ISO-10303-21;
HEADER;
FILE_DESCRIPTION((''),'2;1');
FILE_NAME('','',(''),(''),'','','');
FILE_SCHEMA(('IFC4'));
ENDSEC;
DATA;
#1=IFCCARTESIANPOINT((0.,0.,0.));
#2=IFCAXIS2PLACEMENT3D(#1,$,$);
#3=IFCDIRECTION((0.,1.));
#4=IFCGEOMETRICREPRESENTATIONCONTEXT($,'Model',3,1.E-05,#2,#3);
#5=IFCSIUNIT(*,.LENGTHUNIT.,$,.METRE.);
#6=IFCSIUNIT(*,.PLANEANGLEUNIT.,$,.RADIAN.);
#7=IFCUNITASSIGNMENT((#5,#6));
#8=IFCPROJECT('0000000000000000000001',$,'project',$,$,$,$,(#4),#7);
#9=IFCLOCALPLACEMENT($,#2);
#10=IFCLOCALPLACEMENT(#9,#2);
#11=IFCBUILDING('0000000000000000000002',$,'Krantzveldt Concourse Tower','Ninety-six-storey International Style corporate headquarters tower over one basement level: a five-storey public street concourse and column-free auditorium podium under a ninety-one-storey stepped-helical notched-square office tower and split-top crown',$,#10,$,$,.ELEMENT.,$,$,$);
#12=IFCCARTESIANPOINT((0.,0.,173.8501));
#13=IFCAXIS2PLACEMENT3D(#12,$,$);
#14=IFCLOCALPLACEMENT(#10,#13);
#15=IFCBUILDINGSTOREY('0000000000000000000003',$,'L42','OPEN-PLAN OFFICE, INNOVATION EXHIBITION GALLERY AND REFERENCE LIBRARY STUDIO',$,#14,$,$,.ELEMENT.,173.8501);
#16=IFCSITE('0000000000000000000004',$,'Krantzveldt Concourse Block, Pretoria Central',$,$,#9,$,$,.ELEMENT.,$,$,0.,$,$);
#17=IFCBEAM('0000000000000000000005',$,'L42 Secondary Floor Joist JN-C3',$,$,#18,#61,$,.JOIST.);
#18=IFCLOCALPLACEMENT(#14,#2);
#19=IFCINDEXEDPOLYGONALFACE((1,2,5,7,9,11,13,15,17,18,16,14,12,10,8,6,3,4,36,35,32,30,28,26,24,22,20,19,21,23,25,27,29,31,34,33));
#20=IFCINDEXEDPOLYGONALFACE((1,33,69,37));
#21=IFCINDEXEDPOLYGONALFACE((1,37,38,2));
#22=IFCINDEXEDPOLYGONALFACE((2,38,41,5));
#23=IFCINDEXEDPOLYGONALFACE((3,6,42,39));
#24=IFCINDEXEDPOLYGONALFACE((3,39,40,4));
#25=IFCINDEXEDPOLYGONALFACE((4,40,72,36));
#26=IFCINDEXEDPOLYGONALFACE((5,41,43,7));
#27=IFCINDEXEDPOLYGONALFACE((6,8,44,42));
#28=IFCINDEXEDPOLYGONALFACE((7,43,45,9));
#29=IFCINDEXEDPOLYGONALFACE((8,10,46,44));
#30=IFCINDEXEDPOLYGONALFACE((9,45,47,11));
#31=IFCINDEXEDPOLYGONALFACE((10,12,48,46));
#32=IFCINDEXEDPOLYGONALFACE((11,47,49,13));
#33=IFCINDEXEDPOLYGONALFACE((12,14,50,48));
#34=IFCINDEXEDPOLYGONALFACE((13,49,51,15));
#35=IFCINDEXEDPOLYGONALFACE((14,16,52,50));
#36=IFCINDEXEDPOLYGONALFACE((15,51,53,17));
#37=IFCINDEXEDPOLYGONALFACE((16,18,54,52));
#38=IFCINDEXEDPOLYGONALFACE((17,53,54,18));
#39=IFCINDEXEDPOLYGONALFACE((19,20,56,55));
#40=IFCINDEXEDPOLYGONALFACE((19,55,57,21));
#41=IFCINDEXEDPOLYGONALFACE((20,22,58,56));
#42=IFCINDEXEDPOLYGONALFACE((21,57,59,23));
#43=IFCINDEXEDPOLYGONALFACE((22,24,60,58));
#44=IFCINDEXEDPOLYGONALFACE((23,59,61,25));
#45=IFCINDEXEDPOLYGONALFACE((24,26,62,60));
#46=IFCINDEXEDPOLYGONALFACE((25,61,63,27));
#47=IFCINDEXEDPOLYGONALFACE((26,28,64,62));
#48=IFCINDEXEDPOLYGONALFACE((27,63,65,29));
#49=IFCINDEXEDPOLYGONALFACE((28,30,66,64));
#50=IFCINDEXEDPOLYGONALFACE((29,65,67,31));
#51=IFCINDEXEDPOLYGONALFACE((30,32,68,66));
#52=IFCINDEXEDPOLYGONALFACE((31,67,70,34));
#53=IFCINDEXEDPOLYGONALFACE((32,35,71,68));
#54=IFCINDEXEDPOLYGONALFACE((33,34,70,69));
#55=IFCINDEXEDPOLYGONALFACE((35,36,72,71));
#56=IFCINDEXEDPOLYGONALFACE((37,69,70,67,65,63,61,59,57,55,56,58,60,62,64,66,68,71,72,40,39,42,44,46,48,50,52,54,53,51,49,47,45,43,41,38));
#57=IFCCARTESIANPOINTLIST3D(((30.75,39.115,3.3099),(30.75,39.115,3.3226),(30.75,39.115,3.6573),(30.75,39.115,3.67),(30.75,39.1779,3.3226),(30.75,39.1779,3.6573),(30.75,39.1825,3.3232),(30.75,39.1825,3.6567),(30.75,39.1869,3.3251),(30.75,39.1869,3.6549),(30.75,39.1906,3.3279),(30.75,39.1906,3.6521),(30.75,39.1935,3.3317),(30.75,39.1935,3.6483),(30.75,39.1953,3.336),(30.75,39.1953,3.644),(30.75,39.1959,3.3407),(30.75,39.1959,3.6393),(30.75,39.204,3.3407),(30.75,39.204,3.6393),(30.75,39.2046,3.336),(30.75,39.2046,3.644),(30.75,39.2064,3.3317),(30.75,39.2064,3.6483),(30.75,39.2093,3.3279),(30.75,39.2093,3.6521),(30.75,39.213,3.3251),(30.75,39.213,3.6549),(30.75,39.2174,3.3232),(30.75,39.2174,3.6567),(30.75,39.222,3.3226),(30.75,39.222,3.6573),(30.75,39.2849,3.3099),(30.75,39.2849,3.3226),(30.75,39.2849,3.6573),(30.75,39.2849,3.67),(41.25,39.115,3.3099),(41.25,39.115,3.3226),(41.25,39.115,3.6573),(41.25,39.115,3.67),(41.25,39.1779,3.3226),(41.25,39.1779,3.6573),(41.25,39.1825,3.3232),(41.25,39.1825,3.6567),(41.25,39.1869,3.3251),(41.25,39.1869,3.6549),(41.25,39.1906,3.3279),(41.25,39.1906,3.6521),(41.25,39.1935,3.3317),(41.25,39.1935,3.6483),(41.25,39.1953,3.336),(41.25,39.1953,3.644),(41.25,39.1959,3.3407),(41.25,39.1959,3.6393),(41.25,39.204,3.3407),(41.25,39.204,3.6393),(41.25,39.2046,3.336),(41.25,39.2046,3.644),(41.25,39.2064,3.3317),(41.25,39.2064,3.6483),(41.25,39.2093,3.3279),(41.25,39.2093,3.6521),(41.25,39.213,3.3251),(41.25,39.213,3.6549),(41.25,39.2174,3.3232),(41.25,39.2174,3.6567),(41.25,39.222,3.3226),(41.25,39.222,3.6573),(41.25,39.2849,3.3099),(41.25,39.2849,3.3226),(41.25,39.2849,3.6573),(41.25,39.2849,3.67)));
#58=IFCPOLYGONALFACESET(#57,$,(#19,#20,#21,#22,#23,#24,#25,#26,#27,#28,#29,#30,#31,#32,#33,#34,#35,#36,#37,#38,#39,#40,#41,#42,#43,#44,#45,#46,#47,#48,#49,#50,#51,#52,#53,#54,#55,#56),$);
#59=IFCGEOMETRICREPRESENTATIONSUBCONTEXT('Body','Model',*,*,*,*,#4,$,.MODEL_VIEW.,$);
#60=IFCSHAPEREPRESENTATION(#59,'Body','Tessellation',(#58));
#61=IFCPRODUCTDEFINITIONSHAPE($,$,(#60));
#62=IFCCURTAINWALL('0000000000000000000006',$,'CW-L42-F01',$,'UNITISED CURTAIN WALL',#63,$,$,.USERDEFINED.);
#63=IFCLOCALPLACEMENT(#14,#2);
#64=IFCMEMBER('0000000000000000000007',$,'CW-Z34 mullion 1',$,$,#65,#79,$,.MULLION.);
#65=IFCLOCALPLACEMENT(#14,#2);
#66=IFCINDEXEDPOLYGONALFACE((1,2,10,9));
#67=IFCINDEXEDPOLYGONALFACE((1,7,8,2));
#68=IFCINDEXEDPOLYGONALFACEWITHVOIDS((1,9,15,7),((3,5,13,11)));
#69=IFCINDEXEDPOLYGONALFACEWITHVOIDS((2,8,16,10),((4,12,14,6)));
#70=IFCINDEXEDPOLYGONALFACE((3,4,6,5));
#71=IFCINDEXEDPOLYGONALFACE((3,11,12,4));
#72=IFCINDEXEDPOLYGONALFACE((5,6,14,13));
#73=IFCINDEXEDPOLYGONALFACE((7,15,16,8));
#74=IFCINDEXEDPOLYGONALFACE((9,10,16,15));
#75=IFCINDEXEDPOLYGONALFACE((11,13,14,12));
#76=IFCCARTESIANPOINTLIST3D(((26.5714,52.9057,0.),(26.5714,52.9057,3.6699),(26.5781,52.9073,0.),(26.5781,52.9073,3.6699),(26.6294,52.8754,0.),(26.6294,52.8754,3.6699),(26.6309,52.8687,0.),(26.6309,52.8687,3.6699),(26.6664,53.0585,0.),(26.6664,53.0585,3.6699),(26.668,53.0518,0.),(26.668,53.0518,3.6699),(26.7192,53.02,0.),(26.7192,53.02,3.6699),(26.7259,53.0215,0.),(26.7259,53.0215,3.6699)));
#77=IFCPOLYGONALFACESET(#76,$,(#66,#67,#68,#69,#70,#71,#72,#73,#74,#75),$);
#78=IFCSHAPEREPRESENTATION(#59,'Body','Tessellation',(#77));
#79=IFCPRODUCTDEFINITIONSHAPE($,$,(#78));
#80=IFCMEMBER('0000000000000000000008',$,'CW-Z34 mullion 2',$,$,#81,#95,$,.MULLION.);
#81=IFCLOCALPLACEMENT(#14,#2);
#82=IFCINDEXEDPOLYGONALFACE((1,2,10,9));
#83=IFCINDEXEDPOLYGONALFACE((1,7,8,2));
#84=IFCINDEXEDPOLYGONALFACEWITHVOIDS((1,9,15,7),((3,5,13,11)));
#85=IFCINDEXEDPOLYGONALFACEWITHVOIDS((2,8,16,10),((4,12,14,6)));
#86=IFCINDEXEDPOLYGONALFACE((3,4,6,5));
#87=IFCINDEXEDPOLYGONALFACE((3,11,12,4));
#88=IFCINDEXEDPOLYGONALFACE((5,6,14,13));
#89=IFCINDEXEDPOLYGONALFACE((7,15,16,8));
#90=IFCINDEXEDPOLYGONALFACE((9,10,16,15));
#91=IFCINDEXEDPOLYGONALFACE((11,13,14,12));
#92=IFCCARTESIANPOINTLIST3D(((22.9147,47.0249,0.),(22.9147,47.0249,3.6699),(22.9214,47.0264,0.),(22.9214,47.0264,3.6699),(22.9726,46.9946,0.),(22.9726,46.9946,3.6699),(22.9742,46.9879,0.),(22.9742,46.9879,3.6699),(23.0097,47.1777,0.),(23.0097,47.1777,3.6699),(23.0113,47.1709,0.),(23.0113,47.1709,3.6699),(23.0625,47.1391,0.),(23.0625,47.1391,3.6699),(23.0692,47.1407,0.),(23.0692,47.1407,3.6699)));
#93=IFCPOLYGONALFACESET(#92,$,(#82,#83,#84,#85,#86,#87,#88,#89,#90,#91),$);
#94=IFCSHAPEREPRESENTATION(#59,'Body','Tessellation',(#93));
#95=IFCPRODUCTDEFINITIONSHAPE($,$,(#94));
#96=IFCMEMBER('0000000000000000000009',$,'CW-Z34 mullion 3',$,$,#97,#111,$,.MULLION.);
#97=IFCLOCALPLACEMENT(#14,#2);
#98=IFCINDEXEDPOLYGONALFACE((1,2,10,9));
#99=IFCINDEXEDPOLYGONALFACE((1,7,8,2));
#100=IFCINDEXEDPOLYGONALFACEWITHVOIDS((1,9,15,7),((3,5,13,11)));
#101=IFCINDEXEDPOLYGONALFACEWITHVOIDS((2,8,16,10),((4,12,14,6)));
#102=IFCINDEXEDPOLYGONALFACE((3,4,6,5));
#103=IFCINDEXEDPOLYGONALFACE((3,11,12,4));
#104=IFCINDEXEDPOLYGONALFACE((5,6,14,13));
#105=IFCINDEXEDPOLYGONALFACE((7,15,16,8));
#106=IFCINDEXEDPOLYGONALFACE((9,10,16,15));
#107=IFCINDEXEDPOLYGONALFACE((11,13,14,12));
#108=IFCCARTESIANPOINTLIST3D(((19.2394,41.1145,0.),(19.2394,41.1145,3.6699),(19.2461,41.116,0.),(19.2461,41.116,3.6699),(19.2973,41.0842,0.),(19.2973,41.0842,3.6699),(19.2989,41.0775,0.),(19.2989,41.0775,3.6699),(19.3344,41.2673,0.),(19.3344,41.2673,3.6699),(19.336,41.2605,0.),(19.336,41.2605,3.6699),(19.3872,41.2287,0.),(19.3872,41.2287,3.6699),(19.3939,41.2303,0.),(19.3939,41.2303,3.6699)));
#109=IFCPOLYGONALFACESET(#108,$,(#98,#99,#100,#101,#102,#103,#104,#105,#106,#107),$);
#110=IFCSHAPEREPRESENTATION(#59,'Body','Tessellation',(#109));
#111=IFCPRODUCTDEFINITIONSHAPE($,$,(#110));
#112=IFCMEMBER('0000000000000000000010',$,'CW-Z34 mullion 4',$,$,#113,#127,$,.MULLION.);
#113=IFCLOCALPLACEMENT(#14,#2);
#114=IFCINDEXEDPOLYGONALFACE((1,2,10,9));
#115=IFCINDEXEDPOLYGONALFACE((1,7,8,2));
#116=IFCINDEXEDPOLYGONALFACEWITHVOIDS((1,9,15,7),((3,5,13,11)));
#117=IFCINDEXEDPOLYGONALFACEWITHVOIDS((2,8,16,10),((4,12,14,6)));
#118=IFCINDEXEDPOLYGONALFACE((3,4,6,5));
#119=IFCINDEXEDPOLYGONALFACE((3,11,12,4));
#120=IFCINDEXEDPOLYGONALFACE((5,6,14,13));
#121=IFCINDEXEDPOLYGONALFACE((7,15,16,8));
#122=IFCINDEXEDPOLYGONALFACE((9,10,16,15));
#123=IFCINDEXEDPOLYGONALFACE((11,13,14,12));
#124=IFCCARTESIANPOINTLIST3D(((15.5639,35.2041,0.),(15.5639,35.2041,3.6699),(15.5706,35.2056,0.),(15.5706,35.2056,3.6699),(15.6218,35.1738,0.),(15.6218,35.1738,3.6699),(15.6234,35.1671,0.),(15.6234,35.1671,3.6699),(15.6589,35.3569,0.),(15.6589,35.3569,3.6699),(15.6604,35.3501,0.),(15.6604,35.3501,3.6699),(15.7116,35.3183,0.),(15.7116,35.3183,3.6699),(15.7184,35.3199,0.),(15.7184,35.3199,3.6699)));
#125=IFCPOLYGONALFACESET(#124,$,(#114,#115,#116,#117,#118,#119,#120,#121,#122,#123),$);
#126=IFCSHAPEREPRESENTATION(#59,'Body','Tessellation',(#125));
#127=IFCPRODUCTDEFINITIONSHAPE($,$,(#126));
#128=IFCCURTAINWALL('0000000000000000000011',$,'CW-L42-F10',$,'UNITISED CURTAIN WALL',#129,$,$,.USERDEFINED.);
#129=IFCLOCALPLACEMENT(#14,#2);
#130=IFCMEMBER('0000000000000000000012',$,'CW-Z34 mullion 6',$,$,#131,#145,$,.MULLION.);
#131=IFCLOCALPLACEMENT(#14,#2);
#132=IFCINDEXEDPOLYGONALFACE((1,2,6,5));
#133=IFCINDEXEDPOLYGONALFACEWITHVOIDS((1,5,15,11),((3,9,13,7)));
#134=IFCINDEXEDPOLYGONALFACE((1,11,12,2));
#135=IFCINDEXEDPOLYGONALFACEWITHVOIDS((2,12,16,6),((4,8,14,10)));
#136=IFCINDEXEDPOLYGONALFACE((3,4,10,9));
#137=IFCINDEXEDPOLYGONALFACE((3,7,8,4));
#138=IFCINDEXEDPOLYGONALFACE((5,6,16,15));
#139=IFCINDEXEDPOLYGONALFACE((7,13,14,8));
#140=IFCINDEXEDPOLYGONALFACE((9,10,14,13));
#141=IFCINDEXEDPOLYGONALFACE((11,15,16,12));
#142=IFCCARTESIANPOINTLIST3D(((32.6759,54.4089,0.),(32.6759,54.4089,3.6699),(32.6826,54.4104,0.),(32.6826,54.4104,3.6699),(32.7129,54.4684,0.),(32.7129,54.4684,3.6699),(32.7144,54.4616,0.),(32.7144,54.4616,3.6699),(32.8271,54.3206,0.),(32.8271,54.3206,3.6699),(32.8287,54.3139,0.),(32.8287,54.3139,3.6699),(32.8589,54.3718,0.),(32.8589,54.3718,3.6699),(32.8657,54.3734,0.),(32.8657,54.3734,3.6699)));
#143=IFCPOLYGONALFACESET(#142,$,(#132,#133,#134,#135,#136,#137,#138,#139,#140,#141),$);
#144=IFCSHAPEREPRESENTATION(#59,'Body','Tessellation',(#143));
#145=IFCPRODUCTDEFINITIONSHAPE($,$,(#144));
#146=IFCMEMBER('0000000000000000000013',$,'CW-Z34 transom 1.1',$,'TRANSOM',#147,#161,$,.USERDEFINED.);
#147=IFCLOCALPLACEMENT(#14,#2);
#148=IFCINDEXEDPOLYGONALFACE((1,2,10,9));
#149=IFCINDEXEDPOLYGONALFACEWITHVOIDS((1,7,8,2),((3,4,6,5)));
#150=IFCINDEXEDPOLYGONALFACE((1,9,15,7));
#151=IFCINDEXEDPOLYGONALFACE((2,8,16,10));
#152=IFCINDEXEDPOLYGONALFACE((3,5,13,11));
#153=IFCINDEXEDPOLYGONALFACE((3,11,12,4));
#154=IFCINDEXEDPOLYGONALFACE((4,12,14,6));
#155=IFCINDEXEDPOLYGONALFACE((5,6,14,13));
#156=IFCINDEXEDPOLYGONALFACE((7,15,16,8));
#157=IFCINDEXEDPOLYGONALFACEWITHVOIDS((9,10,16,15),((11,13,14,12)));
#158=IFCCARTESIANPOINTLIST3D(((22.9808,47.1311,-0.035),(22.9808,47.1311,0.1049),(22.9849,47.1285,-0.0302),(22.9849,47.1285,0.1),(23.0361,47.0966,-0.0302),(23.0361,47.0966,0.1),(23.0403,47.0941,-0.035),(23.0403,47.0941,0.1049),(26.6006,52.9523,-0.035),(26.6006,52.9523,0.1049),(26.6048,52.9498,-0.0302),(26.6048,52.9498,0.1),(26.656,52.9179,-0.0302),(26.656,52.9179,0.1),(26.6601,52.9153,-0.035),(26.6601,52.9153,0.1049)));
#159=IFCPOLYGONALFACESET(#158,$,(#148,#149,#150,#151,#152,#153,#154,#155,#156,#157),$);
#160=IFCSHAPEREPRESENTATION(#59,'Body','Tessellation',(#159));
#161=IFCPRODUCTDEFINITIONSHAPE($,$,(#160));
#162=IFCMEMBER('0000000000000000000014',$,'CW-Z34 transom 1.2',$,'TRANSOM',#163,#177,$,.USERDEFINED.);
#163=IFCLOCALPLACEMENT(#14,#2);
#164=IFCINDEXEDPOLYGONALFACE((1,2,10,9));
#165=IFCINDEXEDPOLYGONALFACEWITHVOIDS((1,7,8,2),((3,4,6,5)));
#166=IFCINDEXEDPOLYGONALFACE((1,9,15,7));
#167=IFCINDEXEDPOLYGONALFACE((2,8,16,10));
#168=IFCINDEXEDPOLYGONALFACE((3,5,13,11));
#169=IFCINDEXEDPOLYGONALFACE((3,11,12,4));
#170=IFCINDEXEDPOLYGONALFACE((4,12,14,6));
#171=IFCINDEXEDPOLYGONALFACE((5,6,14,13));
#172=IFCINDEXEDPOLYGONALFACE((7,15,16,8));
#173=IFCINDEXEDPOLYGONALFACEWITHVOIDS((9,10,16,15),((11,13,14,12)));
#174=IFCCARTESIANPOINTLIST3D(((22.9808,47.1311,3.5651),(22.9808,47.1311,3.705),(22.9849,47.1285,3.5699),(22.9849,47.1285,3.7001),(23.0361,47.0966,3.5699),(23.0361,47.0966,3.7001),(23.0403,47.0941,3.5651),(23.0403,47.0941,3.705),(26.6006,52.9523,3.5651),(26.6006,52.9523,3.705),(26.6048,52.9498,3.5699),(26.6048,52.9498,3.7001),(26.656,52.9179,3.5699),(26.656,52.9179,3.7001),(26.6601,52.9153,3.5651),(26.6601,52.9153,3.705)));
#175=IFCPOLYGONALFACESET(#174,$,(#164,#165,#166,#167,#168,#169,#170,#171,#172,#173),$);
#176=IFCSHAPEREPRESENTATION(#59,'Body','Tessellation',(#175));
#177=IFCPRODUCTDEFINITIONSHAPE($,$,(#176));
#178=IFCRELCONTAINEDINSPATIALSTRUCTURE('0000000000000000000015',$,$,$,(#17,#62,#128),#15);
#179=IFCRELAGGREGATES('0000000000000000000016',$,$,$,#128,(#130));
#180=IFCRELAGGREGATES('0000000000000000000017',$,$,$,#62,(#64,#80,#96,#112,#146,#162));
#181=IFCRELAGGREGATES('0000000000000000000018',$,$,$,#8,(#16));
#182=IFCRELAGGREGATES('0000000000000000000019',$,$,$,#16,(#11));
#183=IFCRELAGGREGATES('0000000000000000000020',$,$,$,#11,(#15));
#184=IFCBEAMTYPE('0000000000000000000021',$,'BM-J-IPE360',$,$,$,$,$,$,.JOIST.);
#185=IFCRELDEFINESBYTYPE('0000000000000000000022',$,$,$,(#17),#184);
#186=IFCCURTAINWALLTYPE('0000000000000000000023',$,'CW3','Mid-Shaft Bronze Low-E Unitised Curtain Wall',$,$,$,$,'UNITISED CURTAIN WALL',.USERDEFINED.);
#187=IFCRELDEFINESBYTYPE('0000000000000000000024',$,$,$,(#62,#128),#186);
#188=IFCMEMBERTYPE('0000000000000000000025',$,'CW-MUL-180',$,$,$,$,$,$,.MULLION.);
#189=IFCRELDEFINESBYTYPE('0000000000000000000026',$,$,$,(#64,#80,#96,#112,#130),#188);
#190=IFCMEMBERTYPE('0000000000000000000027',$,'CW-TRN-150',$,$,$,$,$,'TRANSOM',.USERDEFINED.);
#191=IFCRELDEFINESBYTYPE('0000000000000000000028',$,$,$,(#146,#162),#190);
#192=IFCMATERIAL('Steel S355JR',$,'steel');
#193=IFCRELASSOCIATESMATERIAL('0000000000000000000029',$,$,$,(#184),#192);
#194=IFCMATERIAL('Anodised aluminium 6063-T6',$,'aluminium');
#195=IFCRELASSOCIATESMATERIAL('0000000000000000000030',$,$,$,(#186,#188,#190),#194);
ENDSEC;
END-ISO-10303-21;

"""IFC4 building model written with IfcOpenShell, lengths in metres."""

from ifc_helpers import new_model, si_unit, direction, frame, origin, origin_2d, place, context, subcontext, project, spatial, hollow_rectangle, i_section, extrude, source, transform, mapped, material, material_profile, profile_set, type_object, type_shapes, element, aggregate, save


model = new_model("IFC4")

# Units and contexts
model_context = context("Model", 3, precision=1e-05, world=origin(), true_north=direction((0.0, 1.0)))
body_context = subcontext(model_context, "Body", "Model", "MODEL_VIEW")
ifc_project = project(units=[si_unit("LENGTHUNIT", "METRE"), si_unit("PLANEANGLEUNIT", "RADIAN")], contexts=[model_context])

# Site, building, storey
site_placement = place(None, origin())
site = spatial("IfcSite", under=ifc_project, at=site_placement, Name="Krantzveldt Concourse Block, Pretoria Central", CompositionType="ELEMENT", RefElevation=0.0)
building_placement = place(site_placement, origin())
building = spatial("IfcBuilding", under=site, at=building_placement, Name="Krantzveldt Concourse Tower", Description="Ninety-six-storey International Style corporate headquarters tower over one basement level: a five-storey public street concourse and column-free auditorium podium under a ninety-one-storey stepped-helical notched-square office tower and split-top crown", CompositionType="ELEMENT")
storey_placement = place(building_placement, frame((0.0, 0.0, 173.8501)))
storey = spatial("IfcBuildingStorey", under=building, at=storey_placement, Name="L42", Description="OPEN-PLAN OFFICE, INNOVATION EXHIBITION GALLERY AND REFERENCE LIBRARY STUDIO", CompositionType="ELEMENT", Elevation=173.8501)

# Beam
ifc_material_1 = material(Name="Steel S355JR", Category="steel")
ifc_material_profile_1 = material_profile(ifc_material_1, i_section(OverallWidth=0.1699, OverallDepth=0.3601, WebThickness=0.0081, FlangeThickness=0.0127, FilletRadius=0.0181, at=origin_2d()), Name="Steel S355JR", Category="steel")
ifc_profile_set_1 = profile_set([ifc_material_profile_1], Name="Steel S355JR - IPE 360")
beam_type_1 = type_object("IfcBeamType", Name="BM-J-IPE360", PredefinedType="JOIST", material=ifc_profile_set_1)
shared_shape_1 = source(origin(), body_context, "Body", "SweptSolid", [
    extrude(i_section(OverallWidth=0.1699, OverallDepth=0.3601, WebThickness=0.0081, FlangeThickness=0.0127, FilletRadius=0.0181, at=origin_2d()), origin(), (0.0, 0.0, 1.0), 10.5),
])
type_shapes(beam_type_1, [shared_shape_1])
beam_1_placement = place(storey_placement, frame((30.75, 39.2, 3.49), z_axis=(1.0, 0.0, 0.0), x_axis=(0.0, 1.0, 0.0)))
element("IfcBeam", 1, at=beam_1_placement, inside=storey, type_object=beam_type_1, Name="L42 Secondary Floor Joist JN-C3", PredefinedType="JOIST", context=body_context, shape_type="MappedRepresentation", body=[
    mapped(shared_shape_1, transform((0.0, 0.0, 0.0), x_axis=(1.0, 0.0, 0.0), y_axis=(0.0, 1.0, 0.0), z_axis=(0.0, 0.0, 1.0), scale=1.0)),
])

# Curtain wall, members
ifc_material_2 = material(Name="Anodised aluminium 6063-T6", Category="aluminium")
curtain_wall_type = type_object("IfcCurtainWallType", Name="CW3", Description="Mid-Shaft Bronze Low-E Unitised Curtain Wall", ElementType="UNITISED CURTAIN WALL", PredefinedType="USERDEFINED", material=ifc_material_2)
curtain_wall_1_placement = place(storey_placement, origin())
curtain_wall_1 = element("IfcCurtainWall", 2, at=curtain_wall_1_placement, inside=storey, type_object=curtain_wall_type, Name="CW-L42-F01", ObjectType="UNITISED CURTAIN WALL", PredefinedType="USERDEFINED")
ifc_material_profile_2 = material_profile(ifc_material_2, hollow_rectangle(XDim=0.0701, YDim=0.1799, WallThickness=0.0049, at=origin_2d()), Name="Anodised aluminium 6063-T6", Category="aluminium")
ifc_profile_set_2 = profile_set([ifc_material_profile_2], Name="Anodised aluminium 6063-T6 - ALU-MULL 180x70x5")
member_type_1 = type_object("IfcMemberType", Name="CW-MUL-180", PredefinedType="MULLION", material=ifc_profile_set_2)
shared_shape_2 = source(origin(), body_context, "Body", "SweptSolid", [
    extrude(hollow_rectangle(XDim=0.0701, YDim=0.1799, WallThickness=0.0049, at=origin_2d()), origin(), (0.0, 0.0, 1.0), 3.6699),
])
type_shapes(member_type_1, [shared_shape_2])
member_1_placement = place(storey_placement, frame((26.6487, 52.9636, 0.0), z_axis=(0.0, 0.0, 1.0), x_axis=(0.849202, -0.528068, 0.0)))
member_1 = element("IfcMember", 3, at=member_1_placement, type_object=member_type_1, Name="CW-Z34 mullion 1", PredefinedType="MULLION", context=body_context, shape_type="MappedRepresentation", body=[
    mapped(shared_shape_2, transform((0.0, 0.0, 0.0), x_axis=(1.0, 0.0, 0.0), y_axis=(0.0, 1.0, 0.0), z_axis=(0.0, 0.0, 1.0), scale=1.0)),
])
member_2_placement = place(storey_placement, frame((22.9919, 47.0828, 0.0), z_axis=(0.0, 0.0, 1.0), x_axis=(0.849202, -0.528068, 0.0)))
member_2 = element("IfcMember", 4, at=member_2_placement, type_object=member_type_1, Name="CW-Z34 mullion 2", PredefinedType="MULLION", context=body_context, shape_type="MappedRepresentation", body=[
    mapped(shared_shape_2, transform((0.0, 0.0, 0.0), x_axis=(1.0, 0.0, 0.0), y_axis=(0.0, 1.0, 0.0), z_axis=(0.0, 0.0, 1.0), scale=1.0)),
])
member_3_placement = place(storey_placement, frame((19.3167, 41.1724, 0.0), z_axis=(0.0, 0.0, 1.0), x_axis=(0.849202, -0.528068, 0.0)))
member_3 = element("IfcMember", 5, at=member_3_placement, type_object=member_type_1, Name="CW-Z34 mullion 3", PredefinedType="MULLION", context=body_context, shape_type="MappedRepresentation", body=[
    mapped(shared_shape_2, transform((0.0, 0.0, 0.0), x_axis=(1.0, 0.0, 0.0), y_axis=(0.0, 1.0, 0.0), z_axis=(0.0, 0.0, 1.0), scale=1.0)),
])
member_4_placement = place(storey_placement, frame((15.6411, 35.262, 0.0), z_axis=(0.0, 0.0, 1.0), x_axis=(0.849202, -0.528068, 0.0)))
member_4 = element("IfcMember", 6, at=member_4_placement, type_object=member_type_1, Name="CW-Z34 mullion 4", PredefinedType="MULLION", context=body_context, shape_type="MappedRepresentation", body=[
    mapped(shared_shape_2, transform((0.0, 0.0, 0.0), x_axis=(1.0, 0.0, 0.0), y_axis=(0.0, 1.0, 0.0), z_axis=(0.0, 0.0, 1.0), scale=1.0)),
])

# Curtain wall, member
curtain_wall_2_placement = place(storey_placement, origin())
curtain_wall_2 = element("IfcCurtainWall", 7, at=curtain_wall_2_placement, inside=storey, type_object=curtain_wall_type, Name="CW-L42-F10", ObjectType="UNITISED CURTAIN WALL", PredefinedType="USERDEFINED")
member_5_placement = place(storey_placement, frame((32.7708, 54.3911, 0.0), z_axis=(0.0, 0.0, 1.0), x_axis=(-0.528068, -0.849202, 0.0)))
member_5 = element("IfcMember", 8, at=member_5_placement, type_object=member_type_1, Name="CW-Z34 mullion 6", PredefinedType="MULLION", context=body_context, shape_type="MappedRepresentation", body=[
    mapped(shared_shape_2, transform((0.0, 0.0, 0.0), x_axis=(1.0, 0.0, 0.0), y_axis=(0.0, 1.0, 0.0), z_axis=(0.0, 0.0, 1.0), scale=1.0)),
])
aggregate(curtain_wall_2, [member_5])

# Members
ifc_material_profile_3 = material_profile(ifc_material_2, hollow_rectangle(XDim=0.0701, YDim=0.1399, WallThickness=0.0049, at=origin_2d()), Name="Anodised aluminium 6063-T6", Category="aluminium")
ifc_profile_set_3 = profile_set([ifc_material_profile_3], Name="Anodised aluminium 6063-T6 - ALU-TRAN 140x70x5")
member_type_2 = type_object("IfcMemberType", Name="CW-TRN-150", ElementType="TRANSOM", PredefinedType="USERDEFINED", material=ifc_profile_set_3)
shared_shape_3 = source(origin(), body_context, "Body", "SweptSolid", [
    extrude(hollow_rectangle(XDim=0.0701, YDim=0.1399, WallThickness=0.0049, at=origin_2d()), origin(), (0.0, 0.0, 1.0), 6.855),
])
member_6_placement = place(storey_placement, frame((26.6304, 52.9338, 0.0349), z_axis=(-0.528064, -0.849205, 0.0), x_axis=(0.849205, -0.528064, 0.0)))
member_6 = element("IfcMember", 9, at=member_6_placement, type_object=member_type_2, Name="CW-Z34 transom 1.1", ObjectType="TRANSOM", PredefinedType="USERDEFINED", context=body_context, shape_type="MappedRepresentation", body=[
    mapped(shared_shape_3, transform((0.0, 0.0, 0.0), x_axis=(1.0, 0.0, 0.0), y_axis=(0.0, 1.0, 0.0), z_axis=(0.0, 0.0, 1.0), scale=1.0)),
])
member_7_placement = place(storey_placement, frame((26.6304, 52.9338, 3.635), z_axis=(-0.528064, -0.849205, 0.0), x_axis=(0.849205, -0.528064, 0.0)))
member_7 = element("IfcMember", 10, at=member_7_placement, type_object=member_type_2, Name="CW-Z34 transom 1.2", ObjectType="TRANSOM", PredefinedType="USERDEFINED", context=body_context, shape_type="MappedRepresentation", body=[
    mapped(shared_shape_3, transform((0.0, 0.0, 0.0), x_axis=(1.0, 0.0, 0.0), y_axis=(0.0, 1.0, 0.0), z_axis=(0.0, 0.0, 1.0), scale=1.0)),
])

aggregate(curtain_wall_1, [member_1, member_2, member_3, member_4, member_6, member_7])

save(model, "model.ifc")
